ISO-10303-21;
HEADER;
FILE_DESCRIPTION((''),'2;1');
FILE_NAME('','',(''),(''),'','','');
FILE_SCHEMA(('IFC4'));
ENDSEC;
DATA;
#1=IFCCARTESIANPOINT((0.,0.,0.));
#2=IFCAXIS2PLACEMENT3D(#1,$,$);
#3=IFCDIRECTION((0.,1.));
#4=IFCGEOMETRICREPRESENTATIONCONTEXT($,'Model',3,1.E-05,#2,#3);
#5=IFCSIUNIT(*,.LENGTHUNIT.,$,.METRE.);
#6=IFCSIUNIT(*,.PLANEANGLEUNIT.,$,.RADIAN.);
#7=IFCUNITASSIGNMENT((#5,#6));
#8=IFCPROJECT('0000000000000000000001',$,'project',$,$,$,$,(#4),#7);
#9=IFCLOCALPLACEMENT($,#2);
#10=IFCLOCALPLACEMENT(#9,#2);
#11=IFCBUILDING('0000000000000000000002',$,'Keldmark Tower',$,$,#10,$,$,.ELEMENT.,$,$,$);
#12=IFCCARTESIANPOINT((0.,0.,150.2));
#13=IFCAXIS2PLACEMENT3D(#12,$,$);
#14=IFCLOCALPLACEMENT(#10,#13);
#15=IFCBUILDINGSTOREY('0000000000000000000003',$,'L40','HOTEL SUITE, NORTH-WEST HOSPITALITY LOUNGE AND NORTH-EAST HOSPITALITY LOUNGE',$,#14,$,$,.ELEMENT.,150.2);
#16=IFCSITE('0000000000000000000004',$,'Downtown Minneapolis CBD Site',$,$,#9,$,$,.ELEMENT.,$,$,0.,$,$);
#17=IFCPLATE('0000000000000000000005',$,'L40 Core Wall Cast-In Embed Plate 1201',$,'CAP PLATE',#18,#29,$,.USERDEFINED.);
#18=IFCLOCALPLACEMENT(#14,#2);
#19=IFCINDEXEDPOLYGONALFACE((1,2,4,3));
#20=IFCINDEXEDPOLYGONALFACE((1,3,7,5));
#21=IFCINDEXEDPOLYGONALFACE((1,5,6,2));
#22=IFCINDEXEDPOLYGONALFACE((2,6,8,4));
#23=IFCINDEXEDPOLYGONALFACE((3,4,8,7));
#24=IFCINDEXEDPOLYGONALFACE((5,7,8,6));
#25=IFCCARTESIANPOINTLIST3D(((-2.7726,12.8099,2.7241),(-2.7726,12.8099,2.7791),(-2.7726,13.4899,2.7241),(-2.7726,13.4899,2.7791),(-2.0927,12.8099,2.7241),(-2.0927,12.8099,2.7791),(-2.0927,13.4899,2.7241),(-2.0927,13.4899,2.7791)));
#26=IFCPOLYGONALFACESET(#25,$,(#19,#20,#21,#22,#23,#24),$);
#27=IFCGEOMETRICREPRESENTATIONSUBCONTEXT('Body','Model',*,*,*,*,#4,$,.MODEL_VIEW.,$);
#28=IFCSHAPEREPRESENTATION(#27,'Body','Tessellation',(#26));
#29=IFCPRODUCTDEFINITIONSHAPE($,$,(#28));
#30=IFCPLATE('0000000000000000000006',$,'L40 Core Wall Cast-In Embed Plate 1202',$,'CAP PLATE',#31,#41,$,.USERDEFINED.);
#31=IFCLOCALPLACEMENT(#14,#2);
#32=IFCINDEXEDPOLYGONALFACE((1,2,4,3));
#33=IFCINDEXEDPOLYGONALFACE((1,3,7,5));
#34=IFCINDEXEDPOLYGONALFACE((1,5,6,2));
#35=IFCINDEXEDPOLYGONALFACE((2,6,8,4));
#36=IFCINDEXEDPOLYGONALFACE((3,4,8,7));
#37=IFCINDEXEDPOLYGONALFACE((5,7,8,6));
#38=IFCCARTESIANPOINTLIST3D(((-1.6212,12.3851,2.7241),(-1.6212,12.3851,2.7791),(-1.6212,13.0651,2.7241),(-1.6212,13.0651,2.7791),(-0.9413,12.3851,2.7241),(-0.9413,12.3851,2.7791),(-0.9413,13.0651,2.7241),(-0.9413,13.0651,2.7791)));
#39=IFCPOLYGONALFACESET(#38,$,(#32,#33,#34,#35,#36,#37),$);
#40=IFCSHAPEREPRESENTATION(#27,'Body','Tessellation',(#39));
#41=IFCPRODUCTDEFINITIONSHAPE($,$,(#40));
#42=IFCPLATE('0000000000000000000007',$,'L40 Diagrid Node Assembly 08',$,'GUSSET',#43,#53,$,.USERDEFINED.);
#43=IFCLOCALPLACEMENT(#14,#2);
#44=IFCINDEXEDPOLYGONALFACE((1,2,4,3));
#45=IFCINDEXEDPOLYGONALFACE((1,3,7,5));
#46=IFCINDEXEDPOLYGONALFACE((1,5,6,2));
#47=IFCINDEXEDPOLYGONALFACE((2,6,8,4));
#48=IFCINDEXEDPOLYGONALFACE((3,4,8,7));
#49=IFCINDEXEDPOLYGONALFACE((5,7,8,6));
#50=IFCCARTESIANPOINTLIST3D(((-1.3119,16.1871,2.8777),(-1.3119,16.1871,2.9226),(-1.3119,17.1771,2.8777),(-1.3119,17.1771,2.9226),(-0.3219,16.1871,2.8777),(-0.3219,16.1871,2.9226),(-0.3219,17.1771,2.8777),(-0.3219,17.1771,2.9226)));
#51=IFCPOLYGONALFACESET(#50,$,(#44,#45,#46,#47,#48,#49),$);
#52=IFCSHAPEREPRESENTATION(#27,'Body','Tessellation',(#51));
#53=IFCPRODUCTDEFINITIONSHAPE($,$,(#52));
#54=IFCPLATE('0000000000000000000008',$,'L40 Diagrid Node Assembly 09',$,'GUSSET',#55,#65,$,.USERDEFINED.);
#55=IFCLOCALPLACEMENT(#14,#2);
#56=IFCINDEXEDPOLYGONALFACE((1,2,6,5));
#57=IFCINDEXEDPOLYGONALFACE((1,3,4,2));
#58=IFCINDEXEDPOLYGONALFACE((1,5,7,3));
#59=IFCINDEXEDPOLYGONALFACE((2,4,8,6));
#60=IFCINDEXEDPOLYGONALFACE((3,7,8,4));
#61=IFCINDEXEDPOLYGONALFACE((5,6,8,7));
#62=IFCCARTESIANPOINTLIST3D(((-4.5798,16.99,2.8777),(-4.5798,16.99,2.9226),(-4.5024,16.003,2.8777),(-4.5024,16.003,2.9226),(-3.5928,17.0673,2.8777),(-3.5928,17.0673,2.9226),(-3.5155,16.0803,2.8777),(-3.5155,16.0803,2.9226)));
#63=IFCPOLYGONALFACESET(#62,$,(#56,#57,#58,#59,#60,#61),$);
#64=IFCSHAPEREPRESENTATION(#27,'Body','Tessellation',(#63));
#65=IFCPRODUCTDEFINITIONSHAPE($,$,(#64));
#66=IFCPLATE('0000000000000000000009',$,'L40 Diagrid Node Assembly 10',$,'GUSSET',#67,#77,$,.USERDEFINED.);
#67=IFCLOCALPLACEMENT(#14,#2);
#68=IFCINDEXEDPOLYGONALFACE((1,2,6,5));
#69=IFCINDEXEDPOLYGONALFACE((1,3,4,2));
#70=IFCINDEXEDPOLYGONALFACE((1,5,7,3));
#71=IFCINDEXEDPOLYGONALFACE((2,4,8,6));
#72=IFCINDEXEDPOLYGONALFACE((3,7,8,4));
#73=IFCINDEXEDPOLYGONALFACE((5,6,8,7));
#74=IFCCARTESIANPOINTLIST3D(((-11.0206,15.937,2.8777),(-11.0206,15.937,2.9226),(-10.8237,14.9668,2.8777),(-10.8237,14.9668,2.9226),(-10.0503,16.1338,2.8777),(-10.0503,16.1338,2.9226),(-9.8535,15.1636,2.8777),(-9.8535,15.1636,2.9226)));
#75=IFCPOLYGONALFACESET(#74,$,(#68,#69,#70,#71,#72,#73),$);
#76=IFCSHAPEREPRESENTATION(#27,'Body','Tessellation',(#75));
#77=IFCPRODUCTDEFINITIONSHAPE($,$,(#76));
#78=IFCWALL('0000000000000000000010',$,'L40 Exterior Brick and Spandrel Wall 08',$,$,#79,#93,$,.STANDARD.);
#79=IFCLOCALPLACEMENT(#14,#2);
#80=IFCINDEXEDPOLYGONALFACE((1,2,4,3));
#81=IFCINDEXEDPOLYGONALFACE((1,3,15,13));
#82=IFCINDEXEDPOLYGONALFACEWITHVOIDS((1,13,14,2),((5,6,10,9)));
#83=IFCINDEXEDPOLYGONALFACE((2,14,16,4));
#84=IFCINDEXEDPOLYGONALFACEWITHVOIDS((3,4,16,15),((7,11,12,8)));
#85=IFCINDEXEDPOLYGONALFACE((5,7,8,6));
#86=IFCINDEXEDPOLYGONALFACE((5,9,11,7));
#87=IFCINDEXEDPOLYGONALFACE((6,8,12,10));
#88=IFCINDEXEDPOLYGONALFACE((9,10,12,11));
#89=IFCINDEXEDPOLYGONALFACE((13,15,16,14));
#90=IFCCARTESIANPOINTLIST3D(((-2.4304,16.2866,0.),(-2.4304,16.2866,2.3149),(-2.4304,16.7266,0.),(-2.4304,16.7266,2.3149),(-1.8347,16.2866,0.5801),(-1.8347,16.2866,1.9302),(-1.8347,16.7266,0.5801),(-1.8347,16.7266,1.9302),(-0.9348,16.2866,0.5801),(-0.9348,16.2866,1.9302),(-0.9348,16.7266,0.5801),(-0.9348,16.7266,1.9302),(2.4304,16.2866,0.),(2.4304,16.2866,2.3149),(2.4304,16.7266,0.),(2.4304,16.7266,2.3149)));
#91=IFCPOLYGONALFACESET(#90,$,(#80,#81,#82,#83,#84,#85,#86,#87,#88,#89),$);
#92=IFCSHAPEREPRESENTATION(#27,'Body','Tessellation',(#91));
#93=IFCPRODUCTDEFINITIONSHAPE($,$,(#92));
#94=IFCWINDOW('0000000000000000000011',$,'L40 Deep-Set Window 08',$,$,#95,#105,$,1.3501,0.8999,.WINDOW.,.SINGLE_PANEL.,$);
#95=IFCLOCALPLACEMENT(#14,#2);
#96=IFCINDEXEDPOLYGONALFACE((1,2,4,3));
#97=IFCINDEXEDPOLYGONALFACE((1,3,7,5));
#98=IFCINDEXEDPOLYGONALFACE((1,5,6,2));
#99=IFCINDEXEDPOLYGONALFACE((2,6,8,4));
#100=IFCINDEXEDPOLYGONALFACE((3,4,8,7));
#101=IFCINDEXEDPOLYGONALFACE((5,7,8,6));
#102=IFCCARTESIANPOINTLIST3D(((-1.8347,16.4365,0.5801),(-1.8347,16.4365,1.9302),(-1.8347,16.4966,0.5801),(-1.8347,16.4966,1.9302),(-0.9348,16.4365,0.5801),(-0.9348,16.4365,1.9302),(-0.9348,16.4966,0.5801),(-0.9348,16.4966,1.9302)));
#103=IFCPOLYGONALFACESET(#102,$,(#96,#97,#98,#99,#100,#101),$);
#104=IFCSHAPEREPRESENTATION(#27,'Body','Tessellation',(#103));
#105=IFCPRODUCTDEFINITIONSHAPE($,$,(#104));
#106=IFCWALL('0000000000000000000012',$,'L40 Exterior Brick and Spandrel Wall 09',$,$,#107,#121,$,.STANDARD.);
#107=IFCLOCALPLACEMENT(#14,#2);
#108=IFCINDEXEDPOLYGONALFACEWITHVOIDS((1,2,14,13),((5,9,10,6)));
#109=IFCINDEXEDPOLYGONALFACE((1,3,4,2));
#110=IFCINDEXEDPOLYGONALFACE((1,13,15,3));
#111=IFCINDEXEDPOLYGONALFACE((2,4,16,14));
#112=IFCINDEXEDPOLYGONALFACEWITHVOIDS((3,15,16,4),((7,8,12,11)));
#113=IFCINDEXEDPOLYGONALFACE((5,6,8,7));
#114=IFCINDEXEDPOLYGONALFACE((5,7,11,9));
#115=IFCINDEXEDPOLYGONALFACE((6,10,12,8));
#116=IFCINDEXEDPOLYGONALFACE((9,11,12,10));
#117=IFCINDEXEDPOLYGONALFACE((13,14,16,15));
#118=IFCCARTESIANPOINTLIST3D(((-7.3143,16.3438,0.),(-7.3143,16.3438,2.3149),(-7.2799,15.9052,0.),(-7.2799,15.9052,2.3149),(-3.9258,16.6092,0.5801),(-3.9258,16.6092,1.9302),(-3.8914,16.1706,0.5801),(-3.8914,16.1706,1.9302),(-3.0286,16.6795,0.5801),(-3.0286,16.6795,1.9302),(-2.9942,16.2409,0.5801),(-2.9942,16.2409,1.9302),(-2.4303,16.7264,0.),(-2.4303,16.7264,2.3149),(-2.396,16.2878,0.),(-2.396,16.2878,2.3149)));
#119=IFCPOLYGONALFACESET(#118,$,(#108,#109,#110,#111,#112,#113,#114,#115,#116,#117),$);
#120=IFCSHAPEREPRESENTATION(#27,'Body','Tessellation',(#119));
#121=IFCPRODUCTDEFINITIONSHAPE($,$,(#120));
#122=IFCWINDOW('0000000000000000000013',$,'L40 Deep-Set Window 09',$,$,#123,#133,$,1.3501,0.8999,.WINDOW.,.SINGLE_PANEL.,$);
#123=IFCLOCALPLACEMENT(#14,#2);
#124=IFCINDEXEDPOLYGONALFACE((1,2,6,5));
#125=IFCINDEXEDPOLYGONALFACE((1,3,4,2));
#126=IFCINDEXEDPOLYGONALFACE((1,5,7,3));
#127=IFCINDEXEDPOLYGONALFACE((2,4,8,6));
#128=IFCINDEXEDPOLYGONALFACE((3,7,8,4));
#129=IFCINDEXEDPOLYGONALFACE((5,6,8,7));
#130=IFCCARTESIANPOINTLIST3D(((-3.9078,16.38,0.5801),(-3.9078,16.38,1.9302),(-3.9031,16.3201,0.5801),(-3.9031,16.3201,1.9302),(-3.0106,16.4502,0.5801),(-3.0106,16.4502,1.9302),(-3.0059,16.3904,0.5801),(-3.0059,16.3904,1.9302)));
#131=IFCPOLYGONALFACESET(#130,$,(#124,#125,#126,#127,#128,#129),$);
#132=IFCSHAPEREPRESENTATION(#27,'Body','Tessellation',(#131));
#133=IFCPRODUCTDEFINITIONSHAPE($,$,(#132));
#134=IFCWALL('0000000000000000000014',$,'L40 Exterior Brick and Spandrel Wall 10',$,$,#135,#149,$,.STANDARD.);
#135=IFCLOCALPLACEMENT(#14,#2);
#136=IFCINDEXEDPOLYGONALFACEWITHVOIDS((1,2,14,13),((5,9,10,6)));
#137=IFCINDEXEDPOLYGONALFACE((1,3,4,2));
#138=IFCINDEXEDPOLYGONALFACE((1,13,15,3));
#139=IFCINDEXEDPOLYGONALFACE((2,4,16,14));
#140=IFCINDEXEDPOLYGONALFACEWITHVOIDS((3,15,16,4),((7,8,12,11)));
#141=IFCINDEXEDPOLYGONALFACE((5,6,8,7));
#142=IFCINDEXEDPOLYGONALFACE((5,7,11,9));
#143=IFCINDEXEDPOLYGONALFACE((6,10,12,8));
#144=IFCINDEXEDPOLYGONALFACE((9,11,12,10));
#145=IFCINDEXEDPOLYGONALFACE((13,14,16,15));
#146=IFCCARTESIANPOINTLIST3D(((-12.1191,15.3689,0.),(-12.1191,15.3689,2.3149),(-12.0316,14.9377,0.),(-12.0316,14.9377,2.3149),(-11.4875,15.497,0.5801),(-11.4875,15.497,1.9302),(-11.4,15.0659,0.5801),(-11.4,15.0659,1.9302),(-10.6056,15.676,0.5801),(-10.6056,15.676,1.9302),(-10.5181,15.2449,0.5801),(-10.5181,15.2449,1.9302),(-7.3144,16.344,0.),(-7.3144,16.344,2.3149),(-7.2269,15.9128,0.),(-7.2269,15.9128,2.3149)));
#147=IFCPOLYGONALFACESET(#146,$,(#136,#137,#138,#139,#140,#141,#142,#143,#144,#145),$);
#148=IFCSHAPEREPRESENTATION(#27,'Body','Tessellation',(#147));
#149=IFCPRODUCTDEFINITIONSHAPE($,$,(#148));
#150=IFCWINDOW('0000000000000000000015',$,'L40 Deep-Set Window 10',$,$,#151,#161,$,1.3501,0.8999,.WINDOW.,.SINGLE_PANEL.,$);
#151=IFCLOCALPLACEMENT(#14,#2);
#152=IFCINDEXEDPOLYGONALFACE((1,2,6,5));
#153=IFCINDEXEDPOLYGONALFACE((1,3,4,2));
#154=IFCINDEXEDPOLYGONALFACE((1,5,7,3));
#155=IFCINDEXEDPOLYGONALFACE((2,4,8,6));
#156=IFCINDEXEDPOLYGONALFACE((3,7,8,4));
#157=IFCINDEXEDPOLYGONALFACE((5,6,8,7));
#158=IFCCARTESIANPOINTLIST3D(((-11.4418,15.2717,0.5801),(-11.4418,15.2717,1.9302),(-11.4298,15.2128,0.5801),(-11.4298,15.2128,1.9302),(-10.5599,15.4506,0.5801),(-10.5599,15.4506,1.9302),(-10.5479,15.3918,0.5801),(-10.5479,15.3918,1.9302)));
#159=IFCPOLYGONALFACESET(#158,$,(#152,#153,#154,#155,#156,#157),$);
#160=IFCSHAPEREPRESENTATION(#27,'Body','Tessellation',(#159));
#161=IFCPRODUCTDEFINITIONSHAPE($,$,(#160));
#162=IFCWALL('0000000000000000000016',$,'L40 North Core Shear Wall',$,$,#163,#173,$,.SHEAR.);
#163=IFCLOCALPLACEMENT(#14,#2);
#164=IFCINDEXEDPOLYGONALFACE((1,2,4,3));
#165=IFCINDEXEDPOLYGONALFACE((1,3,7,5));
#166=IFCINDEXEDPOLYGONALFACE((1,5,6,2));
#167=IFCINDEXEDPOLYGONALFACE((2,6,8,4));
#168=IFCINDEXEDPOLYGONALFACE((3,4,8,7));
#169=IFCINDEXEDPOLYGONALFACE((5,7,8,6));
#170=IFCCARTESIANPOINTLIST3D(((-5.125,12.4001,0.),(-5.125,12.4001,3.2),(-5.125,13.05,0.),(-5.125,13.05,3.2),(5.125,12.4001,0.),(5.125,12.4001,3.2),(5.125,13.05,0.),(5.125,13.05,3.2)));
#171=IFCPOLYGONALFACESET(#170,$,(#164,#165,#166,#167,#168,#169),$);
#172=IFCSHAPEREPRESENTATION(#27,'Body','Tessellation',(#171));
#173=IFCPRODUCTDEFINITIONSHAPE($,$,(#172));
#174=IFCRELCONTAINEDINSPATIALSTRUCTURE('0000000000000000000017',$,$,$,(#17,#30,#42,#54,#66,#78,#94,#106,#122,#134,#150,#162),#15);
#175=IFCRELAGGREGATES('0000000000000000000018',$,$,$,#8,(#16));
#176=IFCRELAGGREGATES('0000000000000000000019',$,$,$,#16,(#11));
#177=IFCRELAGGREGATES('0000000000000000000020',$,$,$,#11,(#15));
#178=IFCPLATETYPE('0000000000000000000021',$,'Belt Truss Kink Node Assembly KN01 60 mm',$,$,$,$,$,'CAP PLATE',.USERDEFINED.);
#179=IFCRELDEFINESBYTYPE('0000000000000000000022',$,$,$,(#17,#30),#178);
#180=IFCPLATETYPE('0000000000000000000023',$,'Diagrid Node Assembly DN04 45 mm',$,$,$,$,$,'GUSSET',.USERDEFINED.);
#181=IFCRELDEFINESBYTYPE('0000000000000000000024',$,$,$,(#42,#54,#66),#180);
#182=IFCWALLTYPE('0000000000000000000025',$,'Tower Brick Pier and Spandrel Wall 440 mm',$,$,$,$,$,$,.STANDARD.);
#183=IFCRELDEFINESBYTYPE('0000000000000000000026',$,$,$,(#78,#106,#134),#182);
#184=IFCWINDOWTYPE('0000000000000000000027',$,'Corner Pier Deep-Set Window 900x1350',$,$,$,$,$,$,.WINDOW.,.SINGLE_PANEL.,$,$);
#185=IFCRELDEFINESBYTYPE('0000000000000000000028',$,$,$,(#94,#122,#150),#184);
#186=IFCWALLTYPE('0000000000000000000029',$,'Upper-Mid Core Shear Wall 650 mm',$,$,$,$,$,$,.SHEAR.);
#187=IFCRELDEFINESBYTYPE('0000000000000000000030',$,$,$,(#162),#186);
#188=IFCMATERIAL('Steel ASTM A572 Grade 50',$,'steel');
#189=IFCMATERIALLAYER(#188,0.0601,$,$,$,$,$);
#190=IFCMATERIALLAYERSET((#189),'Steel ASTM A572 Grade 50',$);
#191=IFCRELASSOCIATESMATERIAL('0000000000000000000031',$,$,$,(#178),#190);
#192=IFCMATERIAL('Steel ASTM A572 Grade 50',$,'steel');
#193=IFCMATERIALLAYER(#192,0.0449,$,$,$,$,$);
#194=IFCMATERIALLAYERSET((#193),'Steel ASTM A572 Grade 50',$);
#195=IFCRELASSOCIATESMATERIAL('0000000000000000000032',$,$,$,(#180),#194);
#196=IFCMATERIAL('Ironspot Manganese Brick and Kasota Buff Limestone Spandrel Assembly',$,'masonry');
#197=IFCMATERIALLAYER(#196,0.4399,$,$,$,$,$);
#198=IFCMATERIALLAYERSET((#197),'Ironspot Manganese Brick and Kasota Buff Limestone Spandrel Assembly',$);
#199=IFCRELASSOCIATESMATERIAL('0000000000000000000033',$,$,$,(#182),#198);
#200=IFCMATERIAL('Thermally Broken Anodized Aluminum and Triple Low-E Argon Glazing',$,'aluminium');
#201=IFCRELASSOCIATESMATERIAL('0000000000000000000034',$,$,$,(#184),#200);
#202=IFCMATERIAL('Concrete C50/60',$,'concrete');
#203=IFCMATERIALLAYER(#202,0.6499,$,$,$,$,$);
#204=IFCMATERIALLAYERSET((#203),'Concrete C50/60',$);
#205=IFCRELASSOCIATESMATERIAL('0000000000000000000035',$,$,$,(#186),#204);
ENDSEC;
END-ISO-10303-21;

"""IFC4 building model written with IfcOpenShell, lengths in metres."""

from ifc_helpers import new_model, si_unit, direction, frame, frame_2d, origin, origin_2d, place, context, subcontext, project, spatial, rectangle, extrude, material, layer, layer_set, type_object, element, fill, save


model = new_model("IFC4")

# Units and contexts
model_context = context("Model", 3, precision=1e-05, world=origin(), true_north=direction((0.0, 1.0)))
body_context = subcontext(model_context, "Body", "Model", "MODEL_VIEW")
ifc_project = project(units=[si_unit("LENGTHUNIT", "METRE"), si_unit("PLANEANGLEUNIT", "RADIAN")], contexts=[model_context])

# Site, building, storey
site_placement = place(None, origin())
site = spatial("IfcSite", under=ifc_project, at=site_placement, Name="Downtown Minneapolis CBD Site", CompositionType="ELEMENT", RefElevation=0.0)
building_placement = place(site_placement, origin())
building = spatial("IfcBuilding", under=site, at=building_placement, Name="Keldmark Tower", CompositionType="ELEMENT")
storey_placement = place(building_placement, frame((0.0, 0.0, 150.2)))
storey = spatial("IfcBuildingStorey", under=building, at=storey_placement, Name="L40", Description="HOTEL SUITE, NORTH-WEST HOSPITALITY LOUNGE AND NORTH-EAST HOSPITALITY LOUNGE", CompositionType="ELEMENT", Elevation=150.2)

# Plates
ifc_material_1 = material(Name="Steel ASTM A572 Grade 50", Category="steel")
ifc_layer_1 = layer(ifc_material_1, 0.0601)
ifc_layer_set_1 = layer_set([ifc_layer_1], Name="Steel ASTM A572 Grade 50")
plate_type_1 = type_object("IfcPlateType", Name="Belt Truss Kink Node Assembly KN01 60 mm", ElementType="CAP PLATE", PredefinedType="USERDEFINED", material=ifc_layer_set_1)
for number, where, z_axis, x_axis, name in (
    (1, (-2.4326, 13.1499, 2.7241), (0.0, 0.0, 1.0), (1.0, 0.0, 0.0), "L40 Core Wall Cast-In Embed Plate 1201"),
    (2, (-1.2812, 12.7251, 2.7241), (0.0, 0.0, 1.0), (1.0, 0.0, 0.0), "L40 Core Wall Cast-In Embed Plate 1202"),
):
    element("IfcPlate", number, at=place(storey_placement, frame(where, z_axis=z_axis, x_axis=x_axis)), inside=storey, type_object=plate_type_1, Name=name, ObjectType="CAP PLATE", PredefinedType="USERDEFINED", context=body_context, shape_type="SweptSolid", body=[
        extrude(rectangle(XDim=0.6799, YDim=0.6799, at=origin_2d()), origin(), (0.0, 0.0, 1.0), 0.0549),
    ])
ifc_material_2 = material(Name="Steel ASTM A572 Grade 50", Category="steel")
ifc_layer_2 = layer(ifc_material_2, 0.0449)
ifc_layer_set_2 = layer_set([ifc_layer_2], Name="Steel ASTM A572 Grade 50")
plate_type_2 = type_object("IfcPlateType", Name="Diagrid Node Assembly DN04 45 mm", ElementType="GUSSET", PredefinedType="USERDEFINED", material=ifc_layer_set_2)
for number, where, z_axis, x_axis, name in (
    (3, (-0.8169, 16.6821, 2.8777), (0.0, 0.0, 1.0), (-1.0, 0.0, 0.0), "L40 Diagrid Node Assembly 08"),
    (4, (-4.0476, 16.5352, 2.8777), (0.0, 0.0, 1.0), (-0.996945, -0.078111, 0.0), "L40 Diagrid Node Assembly 09"),
    (5, (-10.437, 15.5503, 2.8777), (0.0, 0.0, 1.0), (-0.980029, -0.198855, 0.0), "L40 Diagrid Node Assembly 10"),
):
    element("IfcPlate", number, at=place(storey_placement, frame(where, z_axis=z_axis, x_axis=x_axis)), inside=storey, type_object=plate_type_2, Name=name, ObjectType="GUSSET", PredefinedType="USERDEFINED", context=body_context, shape_type="SweptSolid", body=[
        extrude(rectangle(XDim=0.99, YDim=0.99, at=origin_2d()), origin(), (0.0, 0.0, 1.0), 0.0449),
    ])

# Walls, openings, windows
ifc_material_3 = material(Name="Ironspot Manganese Brick and Kasota Buff Limestone Spandrel Assembly", Category="masonry")
ifc_layer_3 = layer(ifc_material_3, 0.4399)
ifc_layer_set_3 = layer_set([ifc_layer_3], Name="Ironspot Manganese Brick and Kasota Buff Limestone Spandrel Assembly")
wall_type_1 = type_object("IfcWallType", Name="Tower Brick Pier and Spandrel Wall 440 mm", PredefinedType="STANDARD", material=ifc_layer_set_3)
wall_1_placement = place(storey_placement, frame((-2.4304, 16.5066, 0.0), z_axis=(0.0, 0.0, 1.0), x_axis=(1.0, 0.0, 0.0)))
wall_1 = element("IfcWall", 6, at=wall_1_placement, inside=storey, type_object=wall_type_1, Name="L40 Exterior Brick and Spandrel Wall 08", PredefinedType="STANDARD", context=body_context, shape_type="SweptSolid", body=[
    extrude(rectangle(XDim=4.8608, YDim=0.4399, at=frame_2d((2.4304, 0.0))), origin(), (0.0, 0.0, 1.0), 2.3149),
])
opening_1_placement = place(wall_1_placement, frame((0.5957, 0.0, 0.5801)))
opening_1 = element("IfcOpeningElement", 7, at=opening_1_placement, cuts=wall_1, PredefinedType="OPENING", context=body_context, shape_type="SweptSolid", body=[
    extrude(rectangle(XDim=0.8999, YDim=1.3501, at=frame_2d((0.45, 0.675))), frame((0.0, 0.23, 0.0), z_axis=(0.0, -1.0, 0.0), x_axis=(1.0, 0.0, 0.0)), (0.0, 0.0, 1.0), 0.46),
])
ifc_material_4 = material(Name="Thermally Broken Anodized Aluminum and Triple Low-E Argon Glazing", Category="aluminium")
window_type = type_object("IfcWindowType", Name="Corner Pier Deep-Set Window 900x1350", PartitioningType="SINGLE_PANEL", PredefinedType="WINDOW", material=ifc_material_4)
window_1_placement = place(opening_1_placement, origin())
window_1 = element("IfcWindow", 8, at=window_1_placement, inside=storey, type_object=window_type, Name="L40 Deep-Set Window 08", OverallHeight=1.3501, OverallWidth=0.8999, PartitioningType="SINGLE_PANEL", PredefinedType="WINDOW", context=body_context, shape_type="SweptSolid", body=[
    extrude(rectangle(XDim=0.8999, YDim=1.3501, at=frame_2d((0.45, 0.675))), frame((0.0, -0.01, 0.0), z_axis=(0.0, -1.0, 0.0), x_axis=(1.0, 0.0, 0.0)), (0.0, 0.0, 1.0), 0.0601),
])
fill(opening_1, window_1)
wall_2_placement = place(storey_placement, frame((-7.2971, 16.1245, 0.0), z_axis=(0.0, 0.0, 1.0), x_axis=(0.996946, 0.078091, 0.0)))
wall_2 = element("IfcWall", 9, at=wall_2_placement, inside=storey, type_object=wall_type_1, Name="L40 Exterior Brick and Spandrel Wall 09", PredefinedType="STANDARD", context=body_context, shape_type="SweptSolid", body=[
    extrude(rectangle(XDim=4.8989, YDim=0.4399, at=frame_2d((2.4495, 0.0))), origin(), (0.0, 0.0, 1.0), 2.3149),
])
opening_2_placement = place(wall_2_placement, frame((3.3989, 0.0, 0.5801)))
opening_2 = element("IfcOpeningElement", 10, at=opening_2_placement, cuts=wall_2, PredefinedType="OPENING", context=body_context, shape_type="SweptSolid", body=[
    extrude(rectangle(XDim=0.8999, YDim=1.3501, at=frame_2d((0.45, 0.675))), frame((0.0, 0.23, 0.0), z_axis=(0.0, -1.0, 0.0), x_axis=(1.0, 0.0, 0.0)), (0.0, 0.0, 1.0), 0.46),
])
window_2_placement = place(opening_2_placement, origin())
window_2 = element("IfcWindow", 11, at=window_2_placement, inside=storey, type_object=window_type, Name="L40 Deep-Set Window 09", OverallHeight=1.3501, OverallWidth=0.8999, PartitioningType="SINGLE_PANEL", PredefinedType="WINDOW", context=body_context, shape_type="SweptSolid", body=[
    extrude(rectangle(XDim=0.8999, YDim=1.3501, at=frame_2d((0.45, 0.675))), frame((0.0, -0.01, 0.0), z_axis=(0.0, -1.0, 0.0), x_axis=(1.0, 0.0, 0.0)), (0.0, 0.0, 1.0), 0.0601),
])
fill(opening_2, window_2)
wall_3_placement = place(storey_placement, frame((-12.0752, 15.1533, 0.0), z_axis=(0.0, 0.0, 1.0), x_axis=(0.980021, 0.198893, 0.0)))
wall_3 = element("IfcWall", 12, at=wall_3_placement, inside=storey, type_object=wall_type_1, Name="L40 Exterior Brick and Spandrel Wall 10", PredefinedType="STANDARD", context=body_context, shape_type="SweptSolid", body=[
    extrude(rectangle(XDim=4.9026, YDim=0.4399, at=frame_2d((2.4512, 0.0))), origin(), (0.0, 0.0, 1.0), 2.3149),
])
opening_3_placement = place(wall_3_placement, frame((0.6443, 0.0, 0.5801)))
opening_3 = element("IfcOpeningElement", 13, at=opening_3_placement, cuts=wall_3, PredefinedType="OPENING", context=body_context, shape_type="SweptSolid", body=[
    extrude(rectangle(XDim=0.8999, YDim=1.3501, at=frame_2d((0.45, 0.675))), frame((0.0, 0.23, 0.0), z_axis=(0.0, -1.0, 0.0), x_axis=(1.0, 0.0, 0.0)), (0.0, 0.0, 1.0), 0.46),
])
window_3_placement = place(opening_3_placement, origin())
window_3 = element("IfcWindow", 14, at=window_3_placement, inside=storey, type_object=window_type, Name="L40 Deep-Set Window 10", OverallHeight=1.3501, OverallWidth=0.8999, PartitioningType="SINGLE_PANEL", PredefinedType="WINDOW", context=body_context, shape_type="SweptSolid", body=[
    extrude(rectangle(XDim=0.8999, YDim=1.3501, at=frame_2d((0.45, 0.675))), frame((0.0, -0.01, 0.0), z_axis=(0.0, -1.0, 0.0), x_axis=(1.0, 0.0, 0.0)), (0.0, 0.0, 1.0), 0.0601),
])
fill(opening_3, window_3)

# Wall
ifc_material_5 = material(Name="Concrete C50/60", Category="concrete")
ifc_layer_4 = layer(ifc_material_5, 0.6499)
ifc_layer_set_4 = layer_set([ifc_layer_4], Name="Concrete C50/60")
wall_type_2 = type_object("IfcWallType", Name="Upper-Mid Core Shear Wall 650 mm", PredefinedType="SHEAR", material=ifc_layer_set_4)
wall_4_placement = place(storey_placement, frame((-5.125, 12.7251, 0.0), z_axis=(0.0, 0.0, 1.0), x_axis=(1.0, 0.0, 0.0)))
element("IfcWall", 15, at=wall_4_placement, inside=storey, type_object=wall_type_2, Name="L40 North Core Shear Wall", PredefinedType="SHEAR", context=body_context, shape_type="SweptSolid", body=[
    extrude(rectangle(XDim=10.25, YDim=0.6499, at=frame_2d((5.125, 0.0))), origin(), (0.0, 0.0, 1.0), 3.2),
])

save(model, "model.ifc")
